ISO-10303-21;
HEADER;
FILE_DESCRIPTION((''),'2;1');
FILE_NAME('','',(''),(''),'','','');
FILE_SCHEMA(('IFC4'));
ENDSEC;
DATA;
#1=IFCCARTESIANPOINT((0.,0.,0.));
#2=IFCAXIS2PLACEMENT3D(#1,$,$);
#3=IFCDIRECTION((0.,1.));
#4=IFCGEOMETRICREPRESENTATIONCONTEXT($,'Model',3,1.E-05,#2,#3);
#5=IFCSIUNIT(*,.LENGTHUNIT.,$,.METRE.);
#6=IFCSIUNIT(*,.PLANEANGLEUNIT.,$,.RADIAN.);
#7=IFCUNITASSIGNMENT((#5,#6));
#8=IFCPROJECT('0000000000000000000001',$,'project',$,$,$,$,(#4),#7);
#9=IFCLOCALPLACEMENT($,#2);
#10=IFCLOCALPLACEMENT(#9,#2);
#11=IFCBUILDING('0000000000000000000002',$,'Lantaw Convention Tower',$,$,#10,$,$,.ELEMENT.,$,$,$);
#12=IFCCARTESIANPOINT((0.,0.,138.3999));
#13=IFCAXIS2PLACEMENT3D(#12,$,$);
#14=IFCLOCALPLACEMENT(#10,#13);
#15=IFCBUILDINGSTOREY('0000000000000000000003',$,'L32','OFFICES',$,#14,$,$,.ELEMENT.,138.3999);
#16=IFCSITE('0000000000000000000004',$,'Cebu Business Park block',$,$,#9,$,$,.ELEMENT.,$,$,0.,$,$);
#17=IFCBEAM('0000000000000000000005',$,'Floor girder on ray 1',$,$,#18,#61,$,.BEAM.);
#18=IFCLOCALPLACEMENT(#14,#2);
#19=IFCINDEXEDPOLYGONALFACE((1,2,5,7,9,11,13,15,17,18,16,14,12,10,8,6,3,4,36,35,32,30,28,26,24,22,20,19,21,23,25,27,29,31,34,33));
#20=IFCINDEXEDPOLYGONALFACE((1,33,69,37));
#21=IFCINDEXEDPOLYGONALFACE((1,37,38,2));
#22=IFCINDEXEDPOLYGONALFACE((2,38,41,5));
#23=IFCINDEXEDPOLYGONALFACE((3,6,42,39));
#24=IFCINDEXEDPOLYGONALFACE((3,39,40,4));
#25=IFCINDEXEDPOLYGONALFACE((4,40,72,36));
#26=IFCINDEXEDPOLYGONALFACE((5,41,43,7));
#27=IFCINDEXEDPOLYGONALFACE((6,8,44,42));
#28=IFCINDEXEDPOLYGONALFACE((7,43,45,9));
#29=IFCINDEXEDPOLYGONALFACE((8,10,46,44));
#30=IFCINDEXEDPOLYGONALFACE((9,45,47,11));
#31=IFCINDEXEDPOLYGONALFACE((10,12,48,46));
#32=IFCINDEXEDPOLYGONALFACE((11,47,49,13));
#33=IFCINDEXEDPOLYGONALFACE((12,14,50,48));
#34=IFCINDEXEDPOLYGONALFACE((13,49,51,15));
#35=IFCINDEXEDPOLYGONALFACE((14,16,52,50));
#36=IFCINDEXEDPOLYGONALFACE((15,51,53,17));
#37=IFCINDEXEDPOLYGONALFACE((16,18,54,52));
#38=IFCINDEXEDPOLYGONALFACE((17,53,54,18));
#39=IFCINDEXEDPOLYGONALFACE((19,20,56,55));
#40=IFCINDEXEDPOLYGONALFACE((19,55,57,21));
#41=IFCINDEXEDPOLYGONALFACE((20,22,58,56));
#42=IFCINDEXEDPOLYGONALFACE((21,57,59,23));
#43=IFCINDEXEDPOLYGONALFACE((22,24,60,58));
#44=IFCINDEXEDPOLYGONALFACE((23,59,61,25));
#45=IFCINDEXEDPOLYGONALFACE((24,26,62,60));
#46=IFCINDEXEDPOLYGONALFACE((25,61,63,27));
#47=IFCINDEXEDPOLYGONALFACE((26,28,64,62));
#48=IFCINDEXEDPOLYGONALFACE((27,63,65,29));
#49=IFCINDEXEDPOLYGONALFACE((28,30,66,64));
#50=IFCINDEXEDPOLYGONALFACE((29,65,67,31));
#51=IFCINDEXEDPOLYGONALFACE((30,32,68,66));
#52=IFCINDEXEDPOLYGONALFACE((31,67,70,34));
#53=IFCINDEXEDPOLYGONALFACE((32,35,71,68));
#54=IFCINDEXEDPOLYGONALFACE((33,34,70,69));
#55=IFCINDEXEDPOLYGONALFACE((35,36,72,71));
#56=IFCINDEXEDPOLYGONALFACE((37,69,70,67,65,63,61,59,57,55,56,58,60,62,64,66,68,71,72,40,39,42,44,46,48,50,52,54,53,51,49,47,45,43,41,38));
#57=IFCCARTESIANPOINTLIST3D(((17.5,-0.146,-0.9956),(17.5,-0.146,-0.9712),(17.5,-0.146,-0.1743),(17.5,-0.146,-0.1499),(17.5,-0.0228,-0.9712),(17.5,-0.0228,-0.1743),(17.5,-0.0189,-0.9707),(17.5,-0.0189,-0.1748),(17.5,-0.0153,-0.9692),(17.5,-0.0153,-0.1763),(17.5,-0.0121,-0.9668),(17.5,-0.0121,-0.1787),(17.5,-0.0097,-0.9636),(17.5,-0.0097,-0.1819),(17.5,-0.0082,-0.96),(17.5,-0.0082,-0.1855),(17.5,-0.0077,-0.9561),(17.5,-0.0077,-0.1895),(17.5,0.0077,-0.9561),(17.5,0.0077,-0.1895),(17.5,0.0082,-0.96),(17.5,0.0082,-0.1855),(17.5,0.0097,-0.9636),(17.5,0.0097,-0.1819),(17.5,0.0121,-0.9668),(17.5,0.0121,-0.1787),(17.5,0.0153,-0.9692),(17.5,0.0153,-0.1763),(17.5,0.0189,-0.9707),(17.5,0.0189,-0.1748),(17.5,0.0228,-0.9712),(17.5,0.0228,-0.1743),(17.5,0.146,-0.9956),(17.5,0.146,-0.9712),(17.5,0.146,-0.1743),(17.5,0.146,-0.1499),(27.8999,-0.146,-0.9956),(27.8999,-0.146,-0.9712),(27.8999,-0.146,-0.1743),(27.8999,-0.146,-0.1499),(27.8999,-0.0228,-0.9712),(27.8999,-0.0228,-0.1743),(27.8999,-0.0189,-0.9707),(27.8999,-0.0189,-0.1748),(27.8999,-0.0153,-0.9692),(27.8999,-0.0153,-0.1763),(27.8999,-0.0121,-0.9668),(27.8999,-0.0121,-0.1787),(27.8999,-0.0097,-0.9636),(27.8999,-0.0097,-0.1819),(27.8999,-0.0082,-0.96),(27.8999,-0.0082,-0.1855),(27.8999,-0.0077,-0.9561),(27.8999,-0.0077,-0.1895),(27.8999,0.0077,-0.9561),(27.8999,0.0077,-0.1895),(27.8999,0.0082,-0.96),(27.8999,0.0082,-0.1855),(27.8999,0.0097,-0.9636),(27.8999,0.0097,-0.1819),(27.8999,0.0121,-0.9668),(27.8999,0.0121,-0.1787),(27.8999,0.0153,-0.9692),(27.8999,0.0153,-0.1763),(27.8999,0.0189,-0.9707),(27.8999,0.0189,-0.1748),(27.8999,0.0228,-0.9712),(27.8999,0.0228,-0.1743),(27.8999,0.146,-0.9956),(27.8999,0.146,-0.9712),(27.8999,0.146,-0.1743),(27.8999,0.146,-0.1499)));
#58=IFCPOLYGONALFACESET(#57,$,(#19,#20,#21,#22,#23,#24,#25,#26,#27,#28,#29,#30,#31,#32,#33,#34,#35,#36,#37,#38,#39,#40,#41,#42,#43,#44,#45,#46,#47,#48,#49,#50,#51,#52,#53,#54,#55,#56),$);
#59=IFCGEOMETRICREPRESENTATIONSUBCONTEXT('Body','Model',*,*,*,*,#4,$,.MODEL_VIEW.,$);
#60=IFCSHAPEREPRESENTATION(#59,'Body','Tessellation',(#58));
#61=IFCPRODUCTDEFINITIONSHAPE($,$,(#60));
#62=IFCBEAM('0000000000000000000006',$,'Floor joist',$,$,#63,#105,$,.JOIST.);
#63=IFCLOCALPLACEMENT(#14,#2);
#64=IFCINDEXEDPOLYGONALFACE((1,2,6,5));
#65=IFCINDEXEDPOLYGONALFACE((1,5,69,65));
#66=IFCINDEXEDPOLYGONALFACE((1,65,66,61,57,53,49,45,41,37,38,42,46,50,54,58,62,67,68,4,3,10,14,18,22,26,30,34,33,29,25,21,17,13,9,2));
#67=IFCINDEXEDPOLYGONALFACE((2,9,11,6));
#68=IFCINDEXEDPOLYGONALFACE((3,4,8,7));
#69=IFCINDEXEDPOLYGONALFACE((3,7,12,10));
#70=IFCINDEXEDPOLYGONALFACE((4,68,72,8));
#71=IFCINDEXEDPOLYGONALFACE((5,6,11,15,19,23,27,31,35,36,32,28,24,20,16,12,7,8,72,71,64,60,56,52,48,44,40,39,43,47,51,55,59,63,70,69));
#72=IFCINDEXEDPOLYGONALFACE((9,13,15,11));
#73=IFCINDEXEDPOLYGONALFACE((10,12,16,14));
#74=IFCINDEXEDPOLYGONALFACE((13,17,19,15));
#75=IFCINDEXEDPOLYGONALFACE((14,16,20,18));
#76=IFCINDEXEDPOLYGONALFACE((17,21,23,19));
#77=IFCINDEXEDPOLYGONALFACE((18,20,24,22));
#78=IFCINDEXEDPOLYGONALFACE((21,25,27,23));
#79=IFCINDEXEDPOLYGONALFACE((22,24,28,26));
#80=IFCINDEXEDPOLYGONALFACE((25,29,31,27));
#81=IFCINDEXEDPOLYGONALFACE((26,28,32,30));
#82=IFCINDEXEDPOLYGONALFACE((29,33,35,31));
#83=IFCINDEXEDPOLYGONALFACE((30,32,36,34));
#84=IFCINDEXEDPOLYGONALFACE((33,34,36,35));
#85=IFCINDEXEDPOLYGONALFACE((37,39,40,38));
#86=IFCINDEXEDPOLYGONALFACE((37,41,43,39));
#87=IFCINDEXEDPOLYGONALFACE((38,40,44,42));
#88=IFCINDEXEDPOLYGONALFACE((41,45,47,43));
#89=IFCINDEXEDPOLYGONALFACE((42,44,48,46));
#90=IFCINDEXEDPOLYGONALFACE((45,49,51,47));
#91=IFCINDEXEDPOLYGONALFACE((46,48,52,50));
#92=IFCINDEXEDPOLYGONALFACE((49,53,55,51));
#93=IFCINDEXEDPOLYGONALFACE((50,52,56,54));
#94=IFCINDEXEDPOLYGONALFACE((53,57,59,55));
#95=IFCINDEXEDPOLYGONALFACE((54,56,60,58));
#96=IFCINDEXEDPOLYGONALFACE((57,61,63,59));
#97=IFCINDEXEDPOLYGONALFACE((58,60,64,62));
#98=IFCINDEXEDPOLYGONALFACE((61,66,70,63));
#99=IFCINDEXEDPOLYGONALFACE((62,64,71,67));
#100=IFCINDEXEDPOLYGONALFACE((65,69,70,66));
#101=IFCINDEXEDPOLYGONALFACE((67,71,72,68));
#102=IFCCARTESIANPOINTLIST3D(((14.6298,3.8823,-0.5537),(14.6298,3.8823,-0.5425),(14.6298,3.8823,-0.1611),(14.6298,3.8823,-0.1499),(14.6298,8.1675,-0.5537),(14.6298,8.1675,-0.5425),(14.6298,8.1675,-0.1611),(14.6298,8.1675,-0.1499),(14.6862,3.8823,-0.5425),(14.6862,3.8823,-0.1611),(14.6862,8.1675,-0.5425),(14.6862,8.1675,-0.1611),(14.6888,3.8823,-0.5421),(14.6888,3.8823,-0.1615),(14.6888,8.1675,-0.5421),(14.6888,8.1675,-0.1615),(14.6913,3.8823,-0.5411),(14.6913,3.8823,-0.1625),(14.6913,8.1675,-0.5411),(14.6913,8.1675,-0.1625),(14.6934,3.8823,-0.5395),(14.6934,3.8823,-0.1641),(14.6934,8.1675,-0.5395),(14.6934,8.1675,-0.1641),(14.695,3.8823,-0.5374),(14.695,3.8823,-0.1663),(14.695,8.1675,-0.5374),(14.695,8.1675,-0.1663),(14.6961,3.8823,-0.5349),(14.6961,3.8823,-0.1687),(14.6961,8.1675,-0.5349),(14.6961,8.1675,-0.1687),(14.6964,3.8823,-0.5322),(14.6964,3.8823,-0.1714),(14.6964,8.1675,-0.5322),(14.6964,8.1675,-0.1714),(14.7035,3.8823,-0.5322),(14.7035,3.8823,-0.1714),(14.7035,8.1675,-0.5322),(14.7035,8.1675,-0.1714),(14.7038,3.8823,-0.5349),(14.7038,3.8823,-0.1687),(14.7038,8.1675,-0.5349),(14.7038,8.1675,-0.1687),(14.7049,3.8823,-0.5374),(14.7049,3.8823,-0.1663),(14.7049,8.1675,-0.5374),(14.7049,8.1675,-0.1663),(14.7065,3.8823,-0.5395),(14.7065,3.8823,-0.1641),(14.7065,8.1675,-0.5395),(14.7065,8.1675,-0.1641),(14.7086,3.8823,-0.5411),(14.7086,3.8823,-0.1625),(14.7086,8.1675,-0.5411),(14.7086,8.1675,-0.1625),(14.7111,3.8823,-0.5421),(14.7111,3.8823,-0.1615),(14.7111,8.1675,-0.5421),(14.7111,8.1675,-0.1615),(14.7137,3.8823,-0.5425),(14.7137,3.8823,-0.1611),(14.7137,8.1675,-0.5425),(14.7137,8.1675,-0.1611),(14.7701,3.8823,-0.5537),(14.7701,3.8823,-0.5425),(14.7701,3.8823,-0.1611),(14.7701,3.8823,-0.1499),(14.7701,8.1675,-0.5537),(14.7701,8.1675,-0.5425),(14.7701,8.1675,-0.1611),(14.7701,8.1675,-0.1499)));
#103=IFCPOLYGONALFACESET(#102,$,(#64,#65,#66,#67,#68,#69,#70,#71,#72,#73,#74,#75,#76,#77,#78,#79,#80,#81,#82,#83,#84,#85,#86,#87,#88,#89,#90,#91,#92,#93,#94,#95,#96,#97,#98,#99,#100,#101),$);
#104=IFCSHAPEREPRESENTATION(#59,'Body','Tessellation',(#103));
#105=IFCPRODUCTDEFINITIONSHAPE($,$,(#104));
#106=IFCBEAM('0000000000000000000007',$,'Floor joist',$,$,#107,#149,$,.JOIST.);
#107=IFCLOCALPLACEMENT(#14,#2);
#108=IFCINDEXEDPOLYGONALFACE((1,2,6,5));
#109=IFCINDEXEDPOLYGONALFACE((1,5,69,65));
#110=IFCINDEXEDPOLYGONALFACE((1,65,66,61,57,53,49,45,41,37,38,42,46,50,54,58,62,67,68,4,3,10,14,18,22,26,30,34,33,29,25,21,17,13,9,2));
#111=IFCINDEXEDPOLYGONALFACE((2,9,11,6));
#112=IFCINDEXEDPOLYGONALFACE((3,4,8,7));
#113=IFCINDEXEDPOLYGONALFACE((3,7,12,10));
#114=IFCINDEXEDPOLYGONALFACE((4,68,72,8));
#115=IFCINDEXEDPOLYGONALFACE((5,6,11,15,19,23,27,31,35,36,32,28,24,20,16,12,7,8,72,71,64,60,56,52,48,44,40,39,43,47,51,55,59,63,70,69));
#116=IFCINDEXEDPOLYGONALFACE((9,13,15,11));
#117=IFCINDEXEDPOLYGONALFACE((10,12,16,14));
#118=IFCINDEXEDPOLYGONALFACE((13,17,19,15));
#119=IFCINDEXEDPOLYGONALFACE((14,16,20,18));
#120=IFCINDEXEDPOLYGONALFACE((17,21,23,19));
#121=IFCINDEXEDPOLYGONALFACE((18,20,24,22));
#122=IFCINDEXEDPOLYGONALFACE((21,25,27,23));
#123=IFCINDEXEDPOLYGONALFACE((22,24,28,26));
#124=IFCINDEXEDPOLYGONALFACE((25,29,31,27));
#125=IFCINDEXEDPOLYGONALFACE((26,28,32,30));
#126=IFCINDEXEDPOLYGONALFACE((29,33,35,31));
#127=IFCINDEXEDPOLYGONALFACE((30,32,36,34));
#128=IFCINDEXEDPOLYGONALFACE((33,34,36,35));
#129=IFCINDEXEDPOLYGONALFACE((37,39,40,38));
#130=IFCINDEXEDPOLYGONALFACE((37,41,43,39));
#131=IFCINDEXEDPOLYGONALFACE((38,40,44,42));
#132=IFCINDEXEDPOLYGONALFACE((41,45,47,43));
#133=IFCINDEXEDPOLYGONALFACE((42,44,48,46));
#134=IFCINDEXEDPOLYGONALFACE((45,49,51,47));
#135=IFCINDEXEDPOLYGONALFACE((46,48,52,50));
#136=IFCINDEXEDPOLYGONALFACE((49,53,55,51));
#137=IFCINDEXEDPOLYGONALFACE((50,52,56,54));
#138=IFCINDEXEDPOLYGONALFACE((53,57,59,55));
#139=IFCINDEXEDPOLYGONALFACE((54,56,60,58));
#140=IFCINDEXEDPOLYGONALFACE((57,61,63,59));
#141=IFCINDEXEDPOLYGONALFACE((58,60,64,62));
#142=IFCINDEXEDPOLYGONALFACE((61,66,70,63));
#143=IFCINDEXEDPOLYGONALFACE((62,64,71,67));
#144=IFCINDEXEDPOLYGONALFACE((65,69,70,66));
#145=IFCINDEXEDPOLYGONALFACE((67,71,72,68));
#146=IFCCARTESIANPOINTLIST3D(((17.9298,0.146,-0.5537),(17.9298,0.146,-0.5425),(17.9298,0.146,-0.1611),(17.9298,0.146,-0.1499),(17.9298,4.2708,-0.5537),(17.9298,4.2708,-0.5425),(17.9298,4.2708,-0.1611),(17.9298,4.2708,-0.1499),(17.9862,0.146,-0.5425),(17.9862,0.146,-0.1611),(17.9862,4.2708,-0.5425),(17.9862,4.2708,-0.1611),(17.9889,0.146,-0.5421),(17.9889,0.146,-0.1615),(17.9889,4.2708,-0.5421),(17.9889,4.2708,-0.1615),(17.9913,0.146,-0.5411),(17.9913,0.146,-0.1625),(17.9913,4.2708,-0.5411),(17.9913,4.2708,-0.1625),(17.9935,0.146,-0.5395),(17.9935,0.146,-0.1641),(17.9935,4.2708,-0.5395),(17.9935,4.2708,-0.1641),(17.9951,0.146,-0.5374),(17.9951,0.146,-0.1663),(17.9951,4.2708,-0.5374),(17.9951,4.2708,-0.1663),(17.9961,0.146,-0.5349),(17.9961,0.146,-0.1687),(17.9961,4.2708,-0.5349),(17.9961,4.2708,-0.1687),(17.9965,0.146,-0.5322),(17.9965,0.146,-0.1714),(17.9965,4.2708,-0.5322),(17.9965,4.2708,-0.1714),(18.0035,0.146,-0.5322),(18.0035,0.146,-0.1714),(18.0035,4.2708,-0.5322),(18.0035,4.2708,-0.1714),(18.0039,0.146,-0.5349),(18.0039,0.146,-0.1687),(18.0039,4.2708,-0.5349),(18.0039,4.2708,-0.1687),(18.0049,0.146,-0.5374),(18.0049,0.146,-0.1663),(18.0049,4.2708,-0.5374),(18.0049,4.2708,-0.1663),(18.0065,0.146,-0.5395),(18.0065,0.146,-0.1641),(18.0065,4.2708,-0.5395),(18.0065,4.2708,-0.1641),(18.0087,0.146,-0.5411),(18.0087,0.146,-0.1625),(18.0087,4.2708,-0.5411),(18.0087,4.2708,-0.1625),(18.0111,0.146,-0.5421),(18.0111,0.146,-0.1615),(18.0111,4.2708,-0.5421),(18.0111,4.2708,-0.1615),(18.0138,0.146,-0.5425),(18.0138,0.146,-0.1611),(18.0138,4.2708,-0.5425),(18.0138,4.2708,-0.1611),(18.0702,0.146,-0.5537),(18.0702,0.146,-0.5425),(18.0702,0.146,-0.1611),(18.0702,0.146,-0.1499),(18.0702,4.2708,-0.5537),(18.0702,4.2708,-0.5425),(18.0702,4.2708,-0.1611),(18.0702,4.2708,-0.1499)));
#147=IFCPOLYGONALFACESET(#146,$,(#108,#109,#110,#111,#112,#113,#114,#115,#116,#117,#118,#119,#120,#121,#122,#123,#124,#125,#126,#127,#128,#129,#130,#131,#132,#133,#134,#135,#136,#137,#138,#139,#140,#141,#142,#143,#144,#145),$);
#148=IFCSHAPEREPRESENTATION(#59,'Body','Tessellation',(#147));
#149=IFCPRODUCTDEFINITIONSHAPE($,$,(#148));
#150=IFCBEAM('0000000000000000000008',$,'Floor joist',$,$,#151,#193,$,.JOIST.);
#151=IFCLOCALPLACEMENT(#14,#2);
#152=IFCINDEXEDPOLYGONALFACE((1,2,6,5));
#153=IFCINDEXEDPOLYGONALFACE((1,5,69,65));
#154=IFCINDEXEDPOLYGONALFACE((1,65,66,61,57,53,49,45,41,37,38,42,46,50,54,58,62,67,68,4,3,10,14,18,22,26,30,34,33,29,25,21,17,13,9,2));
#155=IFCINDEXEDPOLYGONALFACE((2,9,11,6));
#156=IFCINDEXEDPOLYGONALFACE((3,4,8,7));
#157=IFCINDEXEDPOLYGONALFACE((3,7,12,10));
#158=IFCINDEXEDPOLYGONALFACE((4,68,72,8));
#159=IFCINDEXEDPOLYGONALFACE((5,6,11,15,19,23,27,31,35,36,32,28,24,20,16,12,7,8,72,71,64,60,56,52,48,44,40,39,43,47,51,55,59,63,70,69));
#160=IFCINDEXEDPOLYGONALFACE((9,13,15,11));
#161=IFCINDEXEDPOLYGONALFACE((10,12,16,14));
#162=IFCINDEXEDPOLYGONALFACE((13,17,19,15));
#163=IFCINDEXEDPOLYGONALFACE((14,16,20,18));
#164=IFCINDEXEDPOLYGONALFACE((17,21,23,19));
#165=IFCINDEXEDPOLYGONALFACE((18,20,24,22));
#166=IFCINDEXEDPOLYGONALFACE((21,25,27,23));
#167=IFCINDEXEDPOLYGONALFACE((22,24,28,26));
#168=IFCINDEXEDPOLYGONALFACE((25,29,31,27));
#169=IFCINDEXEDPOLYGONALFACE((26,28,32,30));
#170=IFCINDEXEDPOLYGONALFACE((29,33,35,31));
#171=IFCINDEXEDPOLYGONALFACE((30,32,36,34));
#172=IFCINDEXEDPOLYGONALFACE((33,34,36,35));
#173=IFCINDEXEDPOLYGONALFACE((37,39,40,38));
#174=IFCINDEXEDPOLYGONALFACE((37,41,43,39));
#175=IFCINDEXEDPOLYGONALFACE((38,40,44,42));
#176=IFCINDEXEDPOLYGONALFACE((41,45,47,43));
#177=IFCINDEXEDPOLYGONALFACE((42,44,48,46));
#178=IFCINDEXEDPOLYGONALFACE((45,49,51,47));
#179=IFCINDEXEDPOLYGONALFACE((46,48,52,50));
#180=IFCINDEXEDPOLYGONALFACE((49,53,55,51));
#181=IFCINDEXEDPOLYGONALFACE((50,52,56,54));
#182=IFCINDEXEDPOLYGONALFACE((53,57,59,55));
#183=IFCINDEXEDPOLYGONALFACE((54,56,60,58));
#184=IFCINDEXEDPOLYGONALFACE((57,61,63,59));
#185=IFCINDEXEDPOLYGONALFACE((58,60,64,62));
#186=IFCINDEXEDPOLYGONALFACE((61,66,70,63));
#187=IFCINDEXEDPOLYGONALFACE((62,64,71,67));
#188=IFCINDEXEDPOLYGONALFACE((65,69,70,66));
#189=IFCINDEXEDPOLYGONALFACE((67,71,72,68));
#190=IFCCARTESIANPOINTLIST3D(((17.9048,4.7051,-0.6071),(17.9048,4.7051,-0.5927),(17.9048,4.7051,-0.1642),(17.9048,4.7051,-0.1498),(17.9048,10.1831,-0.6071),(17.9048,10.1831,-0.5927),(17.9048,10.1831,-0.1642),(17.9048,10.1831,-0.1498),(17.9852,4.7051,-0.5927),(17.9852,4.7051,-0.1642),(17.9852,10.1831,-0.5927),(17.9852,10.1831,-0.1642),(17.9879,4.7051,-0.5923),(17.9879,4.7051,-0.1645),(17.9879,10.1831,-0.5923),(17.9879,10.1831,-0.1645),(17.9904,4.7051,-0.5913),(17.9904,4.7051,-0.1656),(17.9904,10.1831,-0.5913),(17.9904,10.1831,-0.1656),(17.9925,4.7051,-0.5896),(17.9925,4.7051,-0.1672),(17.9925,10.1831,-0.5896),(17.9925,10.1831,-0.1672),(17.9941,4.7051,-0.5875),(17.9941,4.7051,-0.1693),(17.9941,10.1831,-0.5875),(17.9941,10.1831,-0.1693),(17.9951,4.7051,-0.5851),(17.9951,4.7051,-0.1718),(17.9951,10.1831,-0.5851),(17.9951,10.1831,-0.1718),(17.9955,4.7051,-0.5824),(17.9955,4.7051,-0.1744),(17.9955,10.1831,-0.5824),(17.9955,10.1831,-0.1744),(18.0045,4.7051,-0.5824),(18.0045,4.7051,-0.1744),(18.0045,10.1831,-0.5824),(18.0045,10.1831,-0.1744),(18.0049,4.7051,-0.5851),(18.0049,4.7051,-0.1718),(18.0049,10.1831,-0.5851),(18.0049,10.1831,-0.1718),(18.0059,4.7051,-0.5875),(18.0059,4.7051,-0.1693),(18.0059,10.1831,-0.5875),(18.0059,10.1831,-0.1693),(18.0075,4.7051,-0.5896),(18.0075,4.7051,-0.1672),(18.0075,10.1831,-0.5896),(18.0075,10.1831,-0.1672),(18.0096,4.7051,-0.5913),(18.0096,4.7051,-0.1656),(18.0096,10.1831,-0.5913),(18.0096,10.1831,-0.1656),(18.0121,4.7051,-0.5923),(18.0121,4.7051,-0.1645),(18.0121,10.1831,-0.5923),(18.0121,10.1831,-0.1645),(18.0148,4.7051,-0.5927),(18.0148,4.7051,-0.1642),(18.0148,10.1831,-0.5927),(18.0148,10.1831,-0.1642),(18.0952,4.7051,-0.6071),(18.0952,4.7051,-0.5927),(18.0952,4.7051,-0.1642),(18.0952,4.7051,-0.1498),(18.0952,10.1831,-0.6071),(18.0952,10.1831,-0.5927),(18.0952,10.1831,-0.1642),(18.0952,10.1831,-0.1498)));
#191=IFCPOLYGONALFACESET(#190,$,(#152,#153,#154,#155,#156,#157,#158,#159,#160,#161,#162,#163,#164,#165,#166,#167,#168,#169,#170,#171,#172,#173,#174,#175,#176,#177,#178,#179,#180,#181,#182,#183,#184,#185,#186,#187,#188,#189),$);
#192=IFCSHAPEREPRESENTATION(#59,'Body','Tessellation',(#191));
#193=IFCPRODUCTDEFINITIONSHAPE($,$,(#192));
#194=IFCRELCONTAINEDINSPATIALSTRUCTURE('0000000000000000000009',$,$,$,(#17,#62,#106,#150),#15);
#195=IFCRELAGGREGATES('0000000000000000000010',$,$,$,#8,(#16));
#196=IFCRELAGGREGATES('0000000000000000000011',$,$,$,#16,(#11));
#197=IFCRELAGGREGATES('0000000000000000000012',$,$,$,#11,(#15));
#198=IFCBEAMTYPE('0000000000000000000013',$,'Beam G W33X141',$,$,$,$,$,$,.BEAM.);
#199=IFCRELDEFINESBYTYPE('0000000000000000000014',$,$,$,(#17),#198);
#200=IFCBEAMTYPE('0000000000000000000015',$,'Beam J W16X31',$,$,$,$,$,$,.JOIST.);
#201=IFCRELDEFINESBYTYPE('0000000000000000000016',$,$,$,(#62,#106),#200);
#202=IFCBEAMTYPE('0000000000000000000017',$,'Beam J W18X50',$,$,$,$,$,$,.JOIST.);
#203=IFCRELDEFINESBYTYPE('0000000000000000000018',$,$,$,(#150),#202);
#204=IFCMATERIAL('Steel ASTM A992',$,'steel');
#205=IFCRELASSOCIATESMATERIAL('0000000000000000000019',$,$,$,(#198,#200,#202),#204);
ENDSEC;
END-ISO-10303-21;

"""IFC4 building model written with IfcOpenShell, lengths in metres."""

from ifc_helpers import new_model, si_unit, direction, frame, origin, origin_2d, place, context, subcontext, project, spatial, i_section, extrude, material, material_profile, profile_set, type_object, element, save


model = new_model("IFC4")

# Units and contexts
model_context = context("Model", 3, precision=1e-05, world=origin(), true_north=direction((0.0, 1.0)))
body_context = subcontext(model_context, "Body", "Model", "MODEL_VIEW")
ifc_project = project(units=[si_unit("LENGTHUNIT", "METRE"), si_unit("PLANEANGLEUNIT", "RADIAN")], contexts=[model_context])

# Site, building, storey
site_placement = place(None, origin())
site = spatial("IfcSite", under=ifc_project, at=site_placement, Name="Cebu Business Park block", CompositionType="ELEMENT", RefElevation=0.0)
building_placement = place(site_placement, origin())
building = spatial("IfcBuilding", under=site, at=building_placement, Name="Lantaw Convention Tower", CompositionType="ELEMENT")
storey_placement = place(building_placement, frame((0.0, 0.0, 138.3999)))
storey = spatial("IfcBuildingStorey", under=building, at=storey_placement, Name="L32", Description="OFFICES", CompositionType="ELEMENT", Elevation=138.3999)

# Beams
ifc_material_1 = material(Name="Steel ASTM A992", Category="steel")
ifc_material_profile_1 = material_profile(ifc_material_1, i_section(OverallWidth=0.292, OverallDepth=0.8457, WebThickness=0.0154, FlangeThickness=0.0244, FilletRadius=0.0151, at=origin_2d()), Name="W33X141")
ifc_profile_set_1 = profile_set([ifc_material_profile_1], Name="Steel ASTM A992")
beam_type_1 = type_object("IfcBeamType", Name="Beam G W33X141", PredefinedType="BEAM", material=ifc_profile_set_1)
beam_1_placement = place(storey_placement, frame((17.5, 0.0, -0.5728), z_axis=(1.0, 0.0, 0.0), x_axis=(0.0, 1.0, 0.0)))
element("IfcBeam", 1, at=beam_1_placement, inside=storey, type_object=beam_type_1, Name="Floor girder on ray 1", PredefinedType="BEAM", context=body_context, shape_type="SweptSolid", body=[
    extrude(i_section(OverallWidth=0.292, OverallDepth=0.8457, WebThickness=0.0154, FlangeThickness=0.0244, FilletRadius=0.0151, at=origin_2d()), origin(), (0.0, 0.0, 1.0), 10.3999),
])
ifc_material_profile_2 = material_profile(ifc_material_1, i_section(OverallWidth=0.1404, OverallDepth=0.4038, WebThickness=0.0071, FlangeThickness=0.0112, FilletRadius=0.0103, at=origin_2d()), Name="W16X31")
ifc_profile_set_2 = profile_set([ifc_material_profile_2], Name="Steel ASTM A992")
beam_type_2 = type_object("IfcBeamType", Name="Beam J W16X31", PredefinedType="JOIST", material=ifc_profile_set_2)
beam_2_placement = place(storey_placement, frame((14.7, 3.8823, -0.3518), z_axis=(0.0, 1.0, 0.0), x_axis=(-1.0, 0.0, 0.0)))
element("IfcBeam", 2, at=beam_2_placement, inside=storey, type_object=beam_type_2, Name="Floor joist", PredefinedType="JOIST", context=body_context, shape_type="SweptSolid", body=[
    extrude(i_section(OverallWidth=0.1404, OverallDepth=0.4038, WebThickness=0.0071, FlangeThickness=0.0112, FilletRadius=0.0103, at=origin_2d()), origin(), (0.0, 0.0, 1.0), 4.2852),
])
beam_3_placement = place(storey_placement, frame((18.0, 0.146, -0.3518), z_axis=(0.0, 1.0, 0.0), x_axis=(-1.0, 0.0, 0.0)))
element("IfcBeam", 3, at=beam_3_placement, inside=storey, type_object=beam_type_2, Name="Floor joist", PredefinedType="JOIST", context=body_context, shape_type="SweptSolid", body=[
    extrude(i_section(OverallWidth=0.1404, OverallDepth=0.4038, WebThickness=0.0071, FlangeThickness=0.0112, FilletRadius=0.0103, at=origin_2d()), origin(), (0.0, 0.0, 1.0), 4.1248),
])
ifc_material_profile_3 = material_profile(ifc_material_1, i_section(OverallWidth=0.1904, OverallDepth=0.4573, WebThickness=0.009, FlangeThickness=0.0144, FilletRadius=0.0103, at=origin_2d()), Name="W18X50")
ifc_profile_set_3 = profile_set([ifc_material_profile_3], Name="Steel ASTM A992")
beam_type_3 = type_object("IfcBeamType", Name="Beam J W18X50", PredefinedType="JOIST", material=ifc_profile_set_3)
beam_4_placement = place(storey_placement, frame((18.0, 4.7051, -0.3784), z_axis=(0.0, 1.0, 0.0), x_axis=(-1.0, 0.0, 0.0)))
element("IfcBeam", 4, at=beam_4_placement, inside=storey, type_object=beam_type_3, Name="Floor joist", PredefinedType="JOIST", context=body_context, shape_type="SweptSolid", body=[
    extrude(i_section(OverallWidth=0.1904, OverallDepth=0.4573, WebThickness=0.009, FlangeThickness=0.0144, FilletRadius=0.0103, at=origin_2d()), origin(), (0.0, 0.0, 1.0), 5.478),
])

save(model, "model.ifc")
